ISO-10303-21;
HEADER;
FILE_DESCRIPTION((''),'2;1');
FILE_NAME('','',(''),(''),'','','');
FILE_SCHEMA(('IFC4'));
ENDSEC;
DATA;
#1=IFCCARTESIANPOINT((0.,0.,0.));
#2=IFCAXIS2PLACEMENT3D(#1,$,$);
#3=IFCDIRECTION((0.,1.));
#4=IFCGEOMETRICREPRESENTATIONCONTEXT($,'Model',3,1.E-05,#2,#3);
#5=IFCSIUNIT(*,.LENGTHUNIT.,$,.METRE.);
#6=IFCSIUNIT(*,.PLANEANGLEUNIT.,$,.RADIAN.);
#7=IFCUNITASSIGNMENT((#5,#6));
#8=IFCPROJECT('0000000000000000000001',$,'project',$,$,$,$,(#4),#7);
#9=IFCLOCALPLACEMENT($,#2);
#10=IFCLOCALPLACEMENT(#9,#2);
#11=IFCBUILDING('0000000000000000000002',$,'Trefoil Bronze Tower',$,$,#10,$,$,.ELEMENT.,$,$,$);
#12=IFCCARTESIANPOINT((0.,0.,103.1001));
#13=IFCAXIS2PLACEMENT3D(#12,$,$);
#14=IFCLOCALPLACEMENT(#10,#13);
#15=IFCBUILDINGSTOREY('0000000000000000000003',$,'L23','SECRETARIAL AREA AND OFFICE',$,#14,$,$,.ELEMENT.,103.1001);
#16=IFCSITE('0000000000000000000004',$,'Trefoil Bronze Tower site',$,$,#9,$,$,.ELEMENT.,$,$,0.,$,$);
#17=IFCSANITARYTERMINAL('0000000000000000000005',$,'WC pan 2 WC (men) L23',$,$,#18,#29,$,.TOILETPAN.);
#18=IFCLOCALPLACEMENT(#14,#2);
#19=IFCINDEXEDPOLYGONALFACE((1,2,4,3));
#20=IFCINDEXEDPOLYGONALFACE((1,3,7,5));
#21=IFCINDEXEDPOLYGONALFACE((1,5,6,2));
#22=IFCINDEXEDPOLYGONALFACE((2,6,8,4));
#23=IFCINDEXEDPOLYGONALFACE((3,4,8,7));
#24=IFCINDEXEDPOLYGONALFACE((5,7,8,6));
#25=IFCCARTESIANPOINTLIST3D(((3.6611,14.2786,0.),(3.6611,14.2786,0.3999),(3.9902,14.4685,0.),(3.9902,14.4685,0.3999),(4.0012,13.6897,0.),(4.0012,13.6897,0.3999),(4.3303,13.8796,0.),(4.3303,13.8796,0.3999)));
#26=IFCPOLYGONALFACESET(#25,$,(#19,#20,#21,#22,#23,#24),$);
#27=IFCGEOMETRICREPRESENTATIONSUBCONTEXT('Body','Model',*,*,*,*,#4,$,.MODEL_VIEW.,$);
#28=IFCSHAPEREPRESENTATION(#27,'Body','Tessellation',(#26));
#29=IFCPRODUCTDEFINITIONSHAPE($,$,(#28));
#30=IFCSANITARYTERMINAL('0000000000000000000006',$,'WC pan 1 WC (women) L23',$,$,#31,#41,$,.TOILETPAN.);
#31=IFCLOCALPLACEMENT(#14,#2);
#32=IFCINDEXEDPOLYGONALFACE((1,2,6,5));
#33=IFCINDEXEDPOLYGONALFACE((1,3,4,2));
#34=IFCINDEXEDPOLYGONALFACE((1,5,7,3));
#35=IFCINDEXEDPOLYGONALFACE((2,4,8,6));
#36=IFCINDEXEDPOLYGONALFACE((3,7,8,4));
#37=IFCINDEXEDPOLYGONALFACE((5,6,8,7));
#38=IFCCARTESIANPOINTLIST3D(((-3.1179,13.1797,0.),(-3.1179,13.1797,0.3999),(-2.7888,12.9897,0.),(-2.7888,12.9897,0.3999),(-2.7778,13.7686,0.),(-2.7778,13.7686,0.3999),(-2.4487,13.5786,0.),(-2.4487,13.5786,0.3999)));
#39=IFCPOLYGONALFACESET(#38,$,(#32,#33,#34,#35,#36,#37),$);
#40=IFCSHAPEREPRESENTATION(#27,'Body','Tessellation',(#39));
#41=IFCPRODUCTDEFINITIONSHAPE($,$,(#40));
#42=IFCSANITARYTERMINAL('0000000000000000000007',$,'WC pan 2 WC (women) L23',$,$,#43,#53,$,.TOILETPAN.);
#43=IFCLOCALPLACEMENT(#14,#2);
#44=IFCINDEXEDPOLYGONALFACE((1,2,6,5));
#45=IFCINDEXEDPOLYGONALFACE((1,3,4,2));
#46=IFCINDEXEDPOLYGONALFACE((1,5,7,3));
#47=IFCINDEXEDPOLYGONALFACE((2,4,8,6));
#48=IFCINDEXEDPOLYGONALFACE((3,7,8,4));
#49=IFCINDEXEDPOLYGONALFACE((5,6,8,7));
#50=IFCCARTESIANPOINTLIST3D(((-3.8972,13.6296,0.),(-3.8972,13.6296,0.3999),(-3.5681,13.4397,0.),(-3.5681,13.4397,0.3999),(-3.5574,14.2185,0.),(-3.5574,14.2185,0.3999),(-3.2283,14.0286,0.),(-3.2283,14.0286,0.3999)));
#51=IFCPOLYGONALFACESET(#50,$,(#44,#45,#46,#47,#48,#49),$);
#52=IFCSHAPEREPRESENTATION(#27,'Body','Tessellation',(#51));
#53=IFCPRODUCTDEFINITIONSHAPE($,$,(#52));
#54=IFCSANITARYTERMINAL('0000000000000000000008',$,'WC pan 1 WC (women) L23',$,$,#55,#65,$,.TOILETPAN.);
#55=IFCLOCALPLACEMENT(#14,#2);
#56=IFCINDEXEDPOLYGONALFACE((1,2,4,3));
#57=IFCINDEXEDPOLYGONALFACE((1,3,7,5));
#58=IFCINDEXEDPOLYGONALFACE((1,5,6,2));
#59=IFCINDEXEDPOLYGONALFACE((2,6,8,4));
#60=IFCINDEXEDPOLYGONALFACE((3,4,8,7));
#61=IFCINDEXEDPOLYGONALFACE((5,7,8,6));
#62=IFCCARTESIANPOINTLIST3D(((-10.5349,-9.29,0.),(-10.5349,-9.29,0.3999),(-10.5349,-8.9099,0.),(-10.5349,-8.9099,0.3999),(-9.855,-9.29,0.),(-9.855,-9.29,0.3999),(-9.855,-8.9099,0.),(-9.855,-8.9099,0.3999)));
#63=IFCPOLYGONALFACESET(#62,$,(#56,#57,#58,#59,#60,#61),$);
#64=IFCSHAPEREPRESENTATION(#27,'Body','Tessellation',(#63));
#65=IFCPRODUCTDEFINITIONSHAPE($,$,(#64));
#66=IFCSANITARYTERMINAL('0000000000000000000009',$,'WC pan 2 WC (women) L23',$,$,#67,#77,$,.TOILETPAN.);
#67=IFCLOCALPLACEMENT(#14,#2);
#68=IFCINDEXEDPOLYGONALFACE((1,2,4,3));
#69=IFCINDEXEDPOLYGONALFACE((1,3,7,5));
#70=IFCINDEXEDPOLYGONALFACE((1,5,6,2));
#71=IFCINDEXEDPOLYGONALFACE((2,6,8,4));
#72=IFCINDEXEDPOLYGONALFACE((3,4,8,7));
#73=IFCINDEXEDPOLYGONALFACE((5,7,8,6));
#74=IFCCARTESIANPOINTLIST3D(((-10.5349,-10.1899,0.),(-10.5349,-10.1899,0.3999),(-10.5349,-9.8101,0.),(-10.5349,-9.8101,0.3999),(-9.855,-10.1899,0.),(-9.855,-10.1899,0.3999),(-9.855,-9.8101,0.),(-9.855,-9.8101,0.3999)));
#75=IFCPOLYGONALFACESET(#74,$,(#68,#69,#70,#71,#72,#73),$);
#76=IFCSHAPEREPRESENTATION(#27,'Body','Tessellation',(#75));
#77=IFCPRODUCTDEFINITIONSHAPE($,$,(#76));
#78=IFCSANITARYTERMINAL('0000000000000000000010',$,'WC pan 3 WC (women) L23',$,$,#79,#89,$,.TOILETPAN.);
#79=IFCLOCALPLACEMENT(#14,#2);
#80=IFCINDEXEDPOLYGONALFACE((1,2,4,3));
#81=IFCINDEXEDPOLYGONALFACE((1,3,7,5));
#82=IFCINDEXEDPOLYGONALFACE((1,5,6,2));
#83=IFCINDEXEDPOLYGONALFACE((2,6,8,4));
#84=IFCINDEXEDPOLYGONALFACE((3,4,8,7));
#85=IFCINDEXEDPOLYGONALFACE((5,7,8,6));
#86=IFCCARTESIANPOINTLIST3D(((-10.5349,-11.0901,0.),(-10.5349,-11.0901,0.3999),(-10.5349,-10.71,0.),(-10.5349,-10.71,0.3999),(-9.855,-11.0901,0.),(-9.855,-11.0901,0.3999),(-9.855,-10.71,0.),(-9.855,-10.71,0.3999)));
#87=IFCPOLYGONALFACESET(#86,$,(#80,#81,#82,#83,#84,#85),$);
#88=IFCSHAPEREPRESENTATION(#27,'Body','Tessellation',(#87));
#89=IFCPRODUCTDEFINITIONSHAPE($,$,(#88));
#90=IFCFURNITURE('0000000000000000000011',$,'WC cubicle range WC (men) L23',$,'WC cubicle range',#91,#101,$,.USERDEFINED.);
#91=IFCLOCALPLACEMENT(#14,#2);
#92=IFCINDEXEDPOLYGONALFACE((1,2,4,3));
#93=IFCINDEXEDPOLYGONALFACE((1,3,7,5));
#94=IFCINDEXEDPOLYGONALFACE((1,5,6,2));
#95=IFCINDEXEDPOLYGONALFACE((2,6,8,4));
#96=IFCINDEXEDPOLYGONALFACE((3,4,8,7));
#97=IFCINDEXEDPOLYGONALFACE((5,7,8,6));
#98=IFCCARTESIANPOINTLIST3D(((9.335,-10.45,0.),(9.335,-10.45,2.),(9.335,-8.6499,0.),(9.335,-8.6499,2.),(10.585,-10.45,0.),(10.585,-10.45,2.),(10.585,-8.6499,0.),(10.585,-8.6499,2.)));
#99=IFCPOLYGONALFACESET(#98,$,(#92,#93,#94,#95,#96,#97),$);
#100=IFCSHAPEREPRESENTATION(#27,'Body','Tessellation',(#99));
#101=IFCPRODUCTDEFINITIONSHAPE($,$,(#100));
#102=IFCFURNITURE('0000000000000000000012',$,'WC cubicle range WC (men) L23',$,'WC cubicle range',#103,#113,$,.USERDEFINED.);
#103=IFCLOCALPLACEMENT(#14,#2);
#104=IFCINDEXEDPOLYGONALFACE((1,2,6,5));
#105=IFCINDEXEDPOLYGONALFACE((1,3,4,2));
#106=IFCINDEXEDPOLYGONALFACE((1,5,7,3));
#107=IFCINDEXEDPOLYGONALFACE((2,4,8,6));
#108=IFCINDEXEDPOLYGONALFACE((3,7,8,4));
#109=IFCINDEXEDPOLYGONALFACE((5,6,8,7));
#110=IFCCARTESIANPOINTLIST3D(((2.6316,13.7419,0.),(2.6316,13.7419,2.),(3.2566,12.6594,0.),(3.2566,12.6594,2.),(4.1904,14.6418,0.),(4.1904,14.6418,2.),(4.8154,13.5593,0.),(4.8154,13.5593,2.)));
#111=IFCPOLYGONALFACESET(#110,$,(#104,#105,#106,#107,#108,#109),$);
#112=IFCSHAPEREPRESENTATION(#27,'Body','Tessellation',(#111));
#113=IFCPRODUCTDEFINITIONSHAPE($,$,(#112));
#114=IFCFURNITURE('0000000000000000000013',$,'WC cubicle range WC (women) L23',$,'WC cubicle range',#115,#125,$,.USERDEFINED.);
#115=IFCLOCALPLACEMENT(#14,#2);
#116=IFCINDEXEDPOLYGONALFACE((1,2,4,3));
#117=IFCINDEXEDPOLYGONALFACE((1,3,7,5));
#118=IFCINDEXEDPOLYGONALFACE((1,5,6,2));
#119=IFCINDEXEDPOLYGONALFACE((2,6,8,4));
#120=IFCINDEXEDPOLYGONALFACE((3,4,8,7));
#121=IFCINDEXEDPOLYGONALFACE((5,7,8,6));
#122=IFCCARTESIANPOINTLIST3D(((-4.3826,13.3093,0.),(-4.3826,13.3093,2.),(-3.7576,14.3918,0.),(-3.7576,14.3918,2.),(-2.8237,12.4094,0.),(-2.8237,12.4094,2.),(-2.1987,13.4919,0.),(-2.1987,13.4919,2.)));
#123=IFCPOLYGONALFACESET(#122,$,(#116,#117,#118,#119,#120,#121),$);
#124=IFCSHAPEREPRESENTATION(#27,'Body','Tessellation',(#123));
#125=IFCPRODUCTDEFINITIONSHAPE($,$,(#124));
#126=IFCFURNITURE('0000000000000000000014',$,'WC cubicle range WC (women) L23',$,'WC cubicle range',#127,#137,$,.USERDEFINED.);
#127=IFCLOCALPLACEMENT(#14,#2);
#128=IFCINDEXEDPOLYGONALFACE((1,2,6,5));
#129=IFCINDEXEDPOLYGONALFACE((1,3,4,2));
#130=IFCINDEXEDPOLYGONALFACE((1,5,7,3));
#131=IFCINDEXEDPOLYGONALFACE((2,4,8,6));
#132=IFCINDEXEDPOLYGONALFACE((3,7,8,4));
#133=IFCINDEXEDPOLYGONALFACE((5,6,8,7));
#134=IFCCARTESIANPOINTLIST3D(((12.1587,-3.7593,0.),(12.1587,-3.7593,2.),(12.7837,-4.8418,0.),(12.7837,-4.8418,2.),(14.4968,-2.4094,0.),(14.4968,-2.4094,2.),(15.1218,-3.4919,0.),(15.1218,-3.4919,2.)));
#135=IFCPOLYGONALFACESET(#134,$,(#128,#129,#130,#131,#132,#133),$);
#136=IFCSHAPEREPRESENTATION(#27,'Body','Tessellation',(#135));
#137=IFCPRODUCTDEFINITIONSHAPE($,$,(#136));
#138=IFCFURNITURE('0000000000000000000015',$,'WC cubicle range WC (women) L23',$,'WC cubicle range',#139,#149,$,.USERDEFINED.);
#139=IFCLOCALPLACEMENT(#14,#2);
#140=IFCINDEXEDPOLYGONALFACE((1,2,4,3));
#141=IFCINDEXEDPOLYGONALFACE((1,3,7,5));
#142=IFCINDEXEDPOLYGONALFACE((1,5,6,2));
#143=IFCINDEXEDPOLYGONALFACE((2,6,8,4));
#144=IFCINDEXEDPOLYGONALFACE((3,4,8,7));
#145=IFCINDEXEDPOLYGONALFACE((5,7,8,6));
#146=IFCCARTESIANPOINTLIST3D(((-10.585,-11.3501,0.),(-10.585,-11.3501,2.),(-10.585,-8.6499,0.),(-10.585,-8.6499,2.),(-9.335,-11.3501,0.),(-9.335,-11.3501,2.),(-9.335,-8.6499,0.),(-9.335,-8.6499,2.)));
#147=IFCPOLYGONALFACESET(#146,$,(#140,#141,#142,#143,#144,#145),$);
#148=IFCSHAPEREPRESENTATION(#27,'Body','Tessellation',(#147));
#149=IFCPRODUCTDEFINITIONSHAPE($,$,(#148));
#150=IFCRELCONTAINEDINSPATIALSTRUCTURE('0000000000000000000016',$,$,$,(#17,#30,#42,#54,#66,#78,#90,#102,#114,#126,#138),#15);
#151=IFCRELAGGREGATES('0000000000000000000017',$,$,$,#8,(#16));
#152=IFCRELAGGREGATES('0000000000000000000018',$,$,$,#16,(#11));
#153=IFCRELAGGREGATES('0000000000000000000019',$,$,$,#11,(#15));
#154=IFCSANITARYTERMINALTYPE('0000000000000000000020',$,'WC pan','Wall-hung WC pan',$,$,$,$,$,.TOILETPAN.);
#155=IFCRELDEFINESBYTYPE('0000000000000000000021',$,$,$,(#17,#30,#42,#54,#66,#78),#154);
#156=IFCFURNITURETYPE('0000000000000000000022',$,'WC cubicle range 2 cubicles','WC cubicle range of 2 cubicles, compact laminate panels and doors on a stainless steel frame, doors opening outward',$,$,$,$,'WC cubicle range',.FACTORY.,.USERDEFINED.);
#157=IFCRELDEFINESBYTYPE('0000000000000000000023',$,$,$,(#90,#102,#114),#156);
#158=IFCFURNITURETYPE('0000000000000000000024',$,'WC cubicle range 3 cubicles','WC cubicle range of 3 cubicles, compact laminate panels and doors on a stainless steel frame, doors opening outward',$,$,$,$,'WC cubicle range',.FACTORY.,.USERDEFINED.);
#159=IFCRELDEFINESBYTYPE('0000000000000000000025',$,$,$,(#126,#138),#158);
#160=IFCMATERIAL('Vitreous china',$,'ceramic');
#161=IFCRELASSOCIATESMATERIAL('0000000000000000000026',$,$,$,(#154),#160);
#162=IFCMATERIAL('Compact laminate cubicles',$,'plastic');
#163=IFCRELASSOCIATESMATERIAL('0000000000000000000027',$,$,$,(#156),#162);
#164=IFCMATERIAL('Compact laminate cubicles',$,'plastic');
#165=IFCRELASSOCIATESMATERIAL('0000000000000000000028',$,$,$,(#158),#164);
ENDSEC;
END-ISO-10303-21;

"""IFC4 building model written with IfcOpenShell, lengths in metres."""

from ifc_helpers import new_model, si_unit, direction, frame, origin, place, context, subcontext, project, spatial, polyline, outline, extrude, material, type_object, element, save


model = new_model("IFC4")

# Units and contexts
model_context = context("Model", 3, precision=1e-05, world=origin(), true_north=direction((0.0, 1.0)))
body_context = subcontext(model_context, "Body", "Model", "MODEL_VIEW")
ifc_project = project(units=[si_unit("LENGTHUNIT", "METRE"), si_unit("PLANEANGLEUNIT", "RADIAN")], contexts=[model_context])

# Site, building, storey
site_placement = place(None, origin())
site = spatial("IfcSite", under=ifc_project, at=site_placement, Name="Trefoil Bronze Tower site", CompositionType="ELEMENT", RefElevation=0.0)
building_placement = place(site_placement, origin())
building = spatial("IfcBuilding", under=site, at=building_placement, Name="Trefoil Bronze Tower", CompositionType="ELEMENT")
storey_placement = place(building_placement, frame((0.0, 0.0, 103.1001)))
storey = spatial("IfcBuildingStorey", under=building, at=storey_placement, Name="L23", Description="SECRETARIAL AREA AND OFFICE", CompositionType="ELEMENT", Elevation=103.1001)

# Sanitary terminals
ifc_material_1 = material(Name="Vitreous china", Category="ceramic")
sanitary_terminal_type_1 = type_object("IfcSanitaryTerminalType", Name="WC pan", Description="Wall-hung WC pan", PredefinedType="TOILETPAN", material=ifc_material_1)
sanitary_terminal_1_placement = place(storey_placement, origin())
element("IfcSanitaryTerminal", 1, at=sanitary_terminal_1_placement, inside=storey, type_object=sanitary_terminal_type_1, Name="WC pan 2 WC (men) L23", PredefinedType="TOILETPAN", context=body_context, shape_type="SweptSolid", body=[
    extrude(outline(polyline([(4.0012, 13.6897), (3.6611, 14.2786), (3.9902, 14.4685), (4.3303, 13.8796), (4.0012, 13.6897)])), origin(), (0.0, 0.0, 1.0), 0.3999),
])
sanitary_terminal_2_placement = place(storey_placement, origin())
element("IfcSanitaryTerminal", 2, at=sanitary_terminal_2_placement, inside=storey, type_object=sanitary_terminal_type_1, Name="WC pan 1 WC (women) L23", PredefinedType="TOILETPAN", context=body_context, shape_type="SweptSolid", body=[
    extrude(outline(polyline([(-2.7888, 12.9897), (-2.4487, 13.5786), (-2.7778, 13.7686), (-3.1179, 13.1797), (-2.7888, 12.9897)])), origin(), (0.0, 0.0, 1.0), 0.3999),
])
sanitary_terminal_3_placement = place(storey_placement, origin())
element("IfcSanitaryTerminal", 3, at=sanitary_terminal_3_placement, inside=storey, type_object=sanitary_terminal_type_1, Name="WC pan 2 WC (women) L23", PredefinedType="TOILETPAN", context=body_context, shape_type="SweptSolid", body=[
    extrude(outline(polyline([(-3.5681, 13.4397), (-3.2283, 14.0286), (-3.5574, 14.2185), (-3.8972, 13.6296), (-3.5681, 13.4397)])), origin(), (0.0, 0.0, 1.0), 0.3999),
])
sanitary_terminal_4_placement = place(storey_placement, origin())
element("IfcSanitaryTerminal", 4, at=sanitary_terminal_4_placement, inside=storey, type_object=sanitary_terminal_type_1, Name="WC pan 1 WC (women) L23", PredefinedType="TOILETPAN", context=body_context, shape_type="SweptSolid", body=[
    extrude(outline(polyline([(-9.855, -8.9099), (-10.5349, -8.9099), (-10.5349, -9.29), (-9.855, -9.29), (-9.855, -8.9099)])), origin(), (0.0, 0.0, 1.0), 0.3999),
])
sanitary_terminal_5_placement = place(storey_placement, origin())
element("IfcSanitaryTerminal", 5, at=sanitary_terminal_5_placement, inside=storey, type_object=sanitary_terminal_type_1, Name="WC pan 2 WC (women) L23", PredefinedType="TOILETPAN", context=body_context, shape_type="SweptSolid", body=[
    extrude(outline(polyline([(-9.855, -9.8101), (-10.5349, -9.8101), (-10.5349, -10.1899), (-9.855, -10.1899), (-9.855, -9.8101)])), origin(), (0.0, 0.0, 1.0), 0.3999),
])
sanitary_terminal_6_placement = place(storey_placement, origin())
element("IfcSanitaryTerminal", 6, at=sanitary_terminal_6_placement, inside=storey, type_object=sanitary_terminal_type_1, Name="WC pan 3 WC (women) L23", PredefinedType="TOILETPAN", context=body_context, shape_type="SweptSolid", body=[
    extrude(outline(polyline([(-9.855, -10.71), (-10.5349, -10.71), (-10.5349, -11.0901), (-9.855, -11.0901), (-9.855, -10.71)])), origin(), (0.0, 0.0, 1.0), 0.3999),
])

# Furniture
ifc_material_2 = material(Name="Compact laminate cubicles", Category="plastic")
furniture_type_1 = type_object("IfcFurnitureType", Name="WC cubicle range 2 cubicles", Description="WC cubicle range of 2 cubicles, compact laminate panels and doors on a stainless steel frame, doors opening outward", ElementType="WC cubicle range", AssemblyPlace="FACTORY", PredefinedType="USERDEFINED", material=ifc_material_2)
furniture_1_placement = place(storey_placement, origin())
element("IfcFurniture", 7, at=furniture_1_placement, inside=storey, type_object=furniture_type_1, Name="WC cubicle range WC (men) L23", ObjectType="WC cubicle range", PredefinedType="USERDEFINED", context=body_context, shape_type="SweptSolid", body=[
    extrude(outline(polyline([(9.335, -8.6499), (10.585, -8.6499), (10.585, -10.45), (9.335, -10.45), (9.335, -8.6499)])), origin(), (0.0, 0.0, 1.0), 2.0),
])
furniture_2_placement = place(storey_placement, origin())
element("IfcFurniture", 8, at=furniture_2_placement, inside=storey, type_object=furniture_type_1, Name="WC cubicle range WC (men) L23", ObjectType="WC cubicle range", PredefinedType="USERDEFINED", context=body_context, shape_type="SweptSolid", body=[
    extrude(outline(polyline([(3.2566, 12.6594), (2.6316, 13.7419), (4.1904, 14.6418), (4.8154, 13.5593), (3.2566, 12.6594)])), origin(), (0.0, 0.0, 1.0), 2.0),
])
furniture_3_placement = place(storey_placement, origin())
element("IfcFurniture", 9, at=furniture_3_placement, inside=storey, type_object=furniture_type_1, Name="WC cubicle range WC (women) L23", ObjectType="WC cubicle range", PredefinedType="USERDEFINED", context=body_context, shape_type="SweptSolid", body=[
    extrude(outline(polyline([(-2.8237, 12.4094), (-2.1987, 13.4919), (-3.7576, 14.3918), (-4.3826, 13.3093), (-2.8237, 12.4094)])), origin(), (0.0, 0.0, 1.0), 2.0),
])
ifc_material_3 = material(Name="Compact laminate cubicles", Category="plastic")
furniture_type_2 = type_object("IfcFurnitureType", Name="WC cubicle range 3 cubicles", Description="WC cubicle range of 3 cubicles, compact laminate panels and doors on a stainless steel frame, doors opening outward", ElementType="WC cubicle range", AssemblyPlace="FACTORY", PredefinedType="USERDEFINED", material=ifc_material_3)
furniture_4_placement = place(storey_placement, origin())
element("IfcFurniture", 10, at=furniture_4_placement, inside=storey, type_object=furniture_type_2, Name="WC cubicle range WC (women) L23", ObjectType="WC cubicle range", PredefinedType="USERDEFINED", context=body_context, shape_type="SweptSolid", body=[
    extrude(outline(polyline([(12.1587, -3.7593), (12.7837, -4.8418), (15.1218, -3.4919), (14.4968, -2.4094), (12.1587, -3.7593)])), origin(), (0.0, 0.0, 1.0), 2.0),
])
furniture_5_placement = place(storey_placement, origin())
element("IfcFurniture", 11, at=furniture_5_placement, inside=storey, type_object=furniture_type_2, Name="WC cubicle range WC (women) L23", ObjectType="WC cubicle range", PredefinedType="USERDEFINED", context=body_context, shape_type="SweptSolid", body=[
    extrude(outline(polyline([(-9.335, -8.6499), (-10.585, -8.6499), (-10.585, -11.3501), (-9.335, -11.3501), (-9.335, -8.6499)])), origin(), (0.0, 0.0, 1.0), 2.0),
])

save(model, "model.ifc")
